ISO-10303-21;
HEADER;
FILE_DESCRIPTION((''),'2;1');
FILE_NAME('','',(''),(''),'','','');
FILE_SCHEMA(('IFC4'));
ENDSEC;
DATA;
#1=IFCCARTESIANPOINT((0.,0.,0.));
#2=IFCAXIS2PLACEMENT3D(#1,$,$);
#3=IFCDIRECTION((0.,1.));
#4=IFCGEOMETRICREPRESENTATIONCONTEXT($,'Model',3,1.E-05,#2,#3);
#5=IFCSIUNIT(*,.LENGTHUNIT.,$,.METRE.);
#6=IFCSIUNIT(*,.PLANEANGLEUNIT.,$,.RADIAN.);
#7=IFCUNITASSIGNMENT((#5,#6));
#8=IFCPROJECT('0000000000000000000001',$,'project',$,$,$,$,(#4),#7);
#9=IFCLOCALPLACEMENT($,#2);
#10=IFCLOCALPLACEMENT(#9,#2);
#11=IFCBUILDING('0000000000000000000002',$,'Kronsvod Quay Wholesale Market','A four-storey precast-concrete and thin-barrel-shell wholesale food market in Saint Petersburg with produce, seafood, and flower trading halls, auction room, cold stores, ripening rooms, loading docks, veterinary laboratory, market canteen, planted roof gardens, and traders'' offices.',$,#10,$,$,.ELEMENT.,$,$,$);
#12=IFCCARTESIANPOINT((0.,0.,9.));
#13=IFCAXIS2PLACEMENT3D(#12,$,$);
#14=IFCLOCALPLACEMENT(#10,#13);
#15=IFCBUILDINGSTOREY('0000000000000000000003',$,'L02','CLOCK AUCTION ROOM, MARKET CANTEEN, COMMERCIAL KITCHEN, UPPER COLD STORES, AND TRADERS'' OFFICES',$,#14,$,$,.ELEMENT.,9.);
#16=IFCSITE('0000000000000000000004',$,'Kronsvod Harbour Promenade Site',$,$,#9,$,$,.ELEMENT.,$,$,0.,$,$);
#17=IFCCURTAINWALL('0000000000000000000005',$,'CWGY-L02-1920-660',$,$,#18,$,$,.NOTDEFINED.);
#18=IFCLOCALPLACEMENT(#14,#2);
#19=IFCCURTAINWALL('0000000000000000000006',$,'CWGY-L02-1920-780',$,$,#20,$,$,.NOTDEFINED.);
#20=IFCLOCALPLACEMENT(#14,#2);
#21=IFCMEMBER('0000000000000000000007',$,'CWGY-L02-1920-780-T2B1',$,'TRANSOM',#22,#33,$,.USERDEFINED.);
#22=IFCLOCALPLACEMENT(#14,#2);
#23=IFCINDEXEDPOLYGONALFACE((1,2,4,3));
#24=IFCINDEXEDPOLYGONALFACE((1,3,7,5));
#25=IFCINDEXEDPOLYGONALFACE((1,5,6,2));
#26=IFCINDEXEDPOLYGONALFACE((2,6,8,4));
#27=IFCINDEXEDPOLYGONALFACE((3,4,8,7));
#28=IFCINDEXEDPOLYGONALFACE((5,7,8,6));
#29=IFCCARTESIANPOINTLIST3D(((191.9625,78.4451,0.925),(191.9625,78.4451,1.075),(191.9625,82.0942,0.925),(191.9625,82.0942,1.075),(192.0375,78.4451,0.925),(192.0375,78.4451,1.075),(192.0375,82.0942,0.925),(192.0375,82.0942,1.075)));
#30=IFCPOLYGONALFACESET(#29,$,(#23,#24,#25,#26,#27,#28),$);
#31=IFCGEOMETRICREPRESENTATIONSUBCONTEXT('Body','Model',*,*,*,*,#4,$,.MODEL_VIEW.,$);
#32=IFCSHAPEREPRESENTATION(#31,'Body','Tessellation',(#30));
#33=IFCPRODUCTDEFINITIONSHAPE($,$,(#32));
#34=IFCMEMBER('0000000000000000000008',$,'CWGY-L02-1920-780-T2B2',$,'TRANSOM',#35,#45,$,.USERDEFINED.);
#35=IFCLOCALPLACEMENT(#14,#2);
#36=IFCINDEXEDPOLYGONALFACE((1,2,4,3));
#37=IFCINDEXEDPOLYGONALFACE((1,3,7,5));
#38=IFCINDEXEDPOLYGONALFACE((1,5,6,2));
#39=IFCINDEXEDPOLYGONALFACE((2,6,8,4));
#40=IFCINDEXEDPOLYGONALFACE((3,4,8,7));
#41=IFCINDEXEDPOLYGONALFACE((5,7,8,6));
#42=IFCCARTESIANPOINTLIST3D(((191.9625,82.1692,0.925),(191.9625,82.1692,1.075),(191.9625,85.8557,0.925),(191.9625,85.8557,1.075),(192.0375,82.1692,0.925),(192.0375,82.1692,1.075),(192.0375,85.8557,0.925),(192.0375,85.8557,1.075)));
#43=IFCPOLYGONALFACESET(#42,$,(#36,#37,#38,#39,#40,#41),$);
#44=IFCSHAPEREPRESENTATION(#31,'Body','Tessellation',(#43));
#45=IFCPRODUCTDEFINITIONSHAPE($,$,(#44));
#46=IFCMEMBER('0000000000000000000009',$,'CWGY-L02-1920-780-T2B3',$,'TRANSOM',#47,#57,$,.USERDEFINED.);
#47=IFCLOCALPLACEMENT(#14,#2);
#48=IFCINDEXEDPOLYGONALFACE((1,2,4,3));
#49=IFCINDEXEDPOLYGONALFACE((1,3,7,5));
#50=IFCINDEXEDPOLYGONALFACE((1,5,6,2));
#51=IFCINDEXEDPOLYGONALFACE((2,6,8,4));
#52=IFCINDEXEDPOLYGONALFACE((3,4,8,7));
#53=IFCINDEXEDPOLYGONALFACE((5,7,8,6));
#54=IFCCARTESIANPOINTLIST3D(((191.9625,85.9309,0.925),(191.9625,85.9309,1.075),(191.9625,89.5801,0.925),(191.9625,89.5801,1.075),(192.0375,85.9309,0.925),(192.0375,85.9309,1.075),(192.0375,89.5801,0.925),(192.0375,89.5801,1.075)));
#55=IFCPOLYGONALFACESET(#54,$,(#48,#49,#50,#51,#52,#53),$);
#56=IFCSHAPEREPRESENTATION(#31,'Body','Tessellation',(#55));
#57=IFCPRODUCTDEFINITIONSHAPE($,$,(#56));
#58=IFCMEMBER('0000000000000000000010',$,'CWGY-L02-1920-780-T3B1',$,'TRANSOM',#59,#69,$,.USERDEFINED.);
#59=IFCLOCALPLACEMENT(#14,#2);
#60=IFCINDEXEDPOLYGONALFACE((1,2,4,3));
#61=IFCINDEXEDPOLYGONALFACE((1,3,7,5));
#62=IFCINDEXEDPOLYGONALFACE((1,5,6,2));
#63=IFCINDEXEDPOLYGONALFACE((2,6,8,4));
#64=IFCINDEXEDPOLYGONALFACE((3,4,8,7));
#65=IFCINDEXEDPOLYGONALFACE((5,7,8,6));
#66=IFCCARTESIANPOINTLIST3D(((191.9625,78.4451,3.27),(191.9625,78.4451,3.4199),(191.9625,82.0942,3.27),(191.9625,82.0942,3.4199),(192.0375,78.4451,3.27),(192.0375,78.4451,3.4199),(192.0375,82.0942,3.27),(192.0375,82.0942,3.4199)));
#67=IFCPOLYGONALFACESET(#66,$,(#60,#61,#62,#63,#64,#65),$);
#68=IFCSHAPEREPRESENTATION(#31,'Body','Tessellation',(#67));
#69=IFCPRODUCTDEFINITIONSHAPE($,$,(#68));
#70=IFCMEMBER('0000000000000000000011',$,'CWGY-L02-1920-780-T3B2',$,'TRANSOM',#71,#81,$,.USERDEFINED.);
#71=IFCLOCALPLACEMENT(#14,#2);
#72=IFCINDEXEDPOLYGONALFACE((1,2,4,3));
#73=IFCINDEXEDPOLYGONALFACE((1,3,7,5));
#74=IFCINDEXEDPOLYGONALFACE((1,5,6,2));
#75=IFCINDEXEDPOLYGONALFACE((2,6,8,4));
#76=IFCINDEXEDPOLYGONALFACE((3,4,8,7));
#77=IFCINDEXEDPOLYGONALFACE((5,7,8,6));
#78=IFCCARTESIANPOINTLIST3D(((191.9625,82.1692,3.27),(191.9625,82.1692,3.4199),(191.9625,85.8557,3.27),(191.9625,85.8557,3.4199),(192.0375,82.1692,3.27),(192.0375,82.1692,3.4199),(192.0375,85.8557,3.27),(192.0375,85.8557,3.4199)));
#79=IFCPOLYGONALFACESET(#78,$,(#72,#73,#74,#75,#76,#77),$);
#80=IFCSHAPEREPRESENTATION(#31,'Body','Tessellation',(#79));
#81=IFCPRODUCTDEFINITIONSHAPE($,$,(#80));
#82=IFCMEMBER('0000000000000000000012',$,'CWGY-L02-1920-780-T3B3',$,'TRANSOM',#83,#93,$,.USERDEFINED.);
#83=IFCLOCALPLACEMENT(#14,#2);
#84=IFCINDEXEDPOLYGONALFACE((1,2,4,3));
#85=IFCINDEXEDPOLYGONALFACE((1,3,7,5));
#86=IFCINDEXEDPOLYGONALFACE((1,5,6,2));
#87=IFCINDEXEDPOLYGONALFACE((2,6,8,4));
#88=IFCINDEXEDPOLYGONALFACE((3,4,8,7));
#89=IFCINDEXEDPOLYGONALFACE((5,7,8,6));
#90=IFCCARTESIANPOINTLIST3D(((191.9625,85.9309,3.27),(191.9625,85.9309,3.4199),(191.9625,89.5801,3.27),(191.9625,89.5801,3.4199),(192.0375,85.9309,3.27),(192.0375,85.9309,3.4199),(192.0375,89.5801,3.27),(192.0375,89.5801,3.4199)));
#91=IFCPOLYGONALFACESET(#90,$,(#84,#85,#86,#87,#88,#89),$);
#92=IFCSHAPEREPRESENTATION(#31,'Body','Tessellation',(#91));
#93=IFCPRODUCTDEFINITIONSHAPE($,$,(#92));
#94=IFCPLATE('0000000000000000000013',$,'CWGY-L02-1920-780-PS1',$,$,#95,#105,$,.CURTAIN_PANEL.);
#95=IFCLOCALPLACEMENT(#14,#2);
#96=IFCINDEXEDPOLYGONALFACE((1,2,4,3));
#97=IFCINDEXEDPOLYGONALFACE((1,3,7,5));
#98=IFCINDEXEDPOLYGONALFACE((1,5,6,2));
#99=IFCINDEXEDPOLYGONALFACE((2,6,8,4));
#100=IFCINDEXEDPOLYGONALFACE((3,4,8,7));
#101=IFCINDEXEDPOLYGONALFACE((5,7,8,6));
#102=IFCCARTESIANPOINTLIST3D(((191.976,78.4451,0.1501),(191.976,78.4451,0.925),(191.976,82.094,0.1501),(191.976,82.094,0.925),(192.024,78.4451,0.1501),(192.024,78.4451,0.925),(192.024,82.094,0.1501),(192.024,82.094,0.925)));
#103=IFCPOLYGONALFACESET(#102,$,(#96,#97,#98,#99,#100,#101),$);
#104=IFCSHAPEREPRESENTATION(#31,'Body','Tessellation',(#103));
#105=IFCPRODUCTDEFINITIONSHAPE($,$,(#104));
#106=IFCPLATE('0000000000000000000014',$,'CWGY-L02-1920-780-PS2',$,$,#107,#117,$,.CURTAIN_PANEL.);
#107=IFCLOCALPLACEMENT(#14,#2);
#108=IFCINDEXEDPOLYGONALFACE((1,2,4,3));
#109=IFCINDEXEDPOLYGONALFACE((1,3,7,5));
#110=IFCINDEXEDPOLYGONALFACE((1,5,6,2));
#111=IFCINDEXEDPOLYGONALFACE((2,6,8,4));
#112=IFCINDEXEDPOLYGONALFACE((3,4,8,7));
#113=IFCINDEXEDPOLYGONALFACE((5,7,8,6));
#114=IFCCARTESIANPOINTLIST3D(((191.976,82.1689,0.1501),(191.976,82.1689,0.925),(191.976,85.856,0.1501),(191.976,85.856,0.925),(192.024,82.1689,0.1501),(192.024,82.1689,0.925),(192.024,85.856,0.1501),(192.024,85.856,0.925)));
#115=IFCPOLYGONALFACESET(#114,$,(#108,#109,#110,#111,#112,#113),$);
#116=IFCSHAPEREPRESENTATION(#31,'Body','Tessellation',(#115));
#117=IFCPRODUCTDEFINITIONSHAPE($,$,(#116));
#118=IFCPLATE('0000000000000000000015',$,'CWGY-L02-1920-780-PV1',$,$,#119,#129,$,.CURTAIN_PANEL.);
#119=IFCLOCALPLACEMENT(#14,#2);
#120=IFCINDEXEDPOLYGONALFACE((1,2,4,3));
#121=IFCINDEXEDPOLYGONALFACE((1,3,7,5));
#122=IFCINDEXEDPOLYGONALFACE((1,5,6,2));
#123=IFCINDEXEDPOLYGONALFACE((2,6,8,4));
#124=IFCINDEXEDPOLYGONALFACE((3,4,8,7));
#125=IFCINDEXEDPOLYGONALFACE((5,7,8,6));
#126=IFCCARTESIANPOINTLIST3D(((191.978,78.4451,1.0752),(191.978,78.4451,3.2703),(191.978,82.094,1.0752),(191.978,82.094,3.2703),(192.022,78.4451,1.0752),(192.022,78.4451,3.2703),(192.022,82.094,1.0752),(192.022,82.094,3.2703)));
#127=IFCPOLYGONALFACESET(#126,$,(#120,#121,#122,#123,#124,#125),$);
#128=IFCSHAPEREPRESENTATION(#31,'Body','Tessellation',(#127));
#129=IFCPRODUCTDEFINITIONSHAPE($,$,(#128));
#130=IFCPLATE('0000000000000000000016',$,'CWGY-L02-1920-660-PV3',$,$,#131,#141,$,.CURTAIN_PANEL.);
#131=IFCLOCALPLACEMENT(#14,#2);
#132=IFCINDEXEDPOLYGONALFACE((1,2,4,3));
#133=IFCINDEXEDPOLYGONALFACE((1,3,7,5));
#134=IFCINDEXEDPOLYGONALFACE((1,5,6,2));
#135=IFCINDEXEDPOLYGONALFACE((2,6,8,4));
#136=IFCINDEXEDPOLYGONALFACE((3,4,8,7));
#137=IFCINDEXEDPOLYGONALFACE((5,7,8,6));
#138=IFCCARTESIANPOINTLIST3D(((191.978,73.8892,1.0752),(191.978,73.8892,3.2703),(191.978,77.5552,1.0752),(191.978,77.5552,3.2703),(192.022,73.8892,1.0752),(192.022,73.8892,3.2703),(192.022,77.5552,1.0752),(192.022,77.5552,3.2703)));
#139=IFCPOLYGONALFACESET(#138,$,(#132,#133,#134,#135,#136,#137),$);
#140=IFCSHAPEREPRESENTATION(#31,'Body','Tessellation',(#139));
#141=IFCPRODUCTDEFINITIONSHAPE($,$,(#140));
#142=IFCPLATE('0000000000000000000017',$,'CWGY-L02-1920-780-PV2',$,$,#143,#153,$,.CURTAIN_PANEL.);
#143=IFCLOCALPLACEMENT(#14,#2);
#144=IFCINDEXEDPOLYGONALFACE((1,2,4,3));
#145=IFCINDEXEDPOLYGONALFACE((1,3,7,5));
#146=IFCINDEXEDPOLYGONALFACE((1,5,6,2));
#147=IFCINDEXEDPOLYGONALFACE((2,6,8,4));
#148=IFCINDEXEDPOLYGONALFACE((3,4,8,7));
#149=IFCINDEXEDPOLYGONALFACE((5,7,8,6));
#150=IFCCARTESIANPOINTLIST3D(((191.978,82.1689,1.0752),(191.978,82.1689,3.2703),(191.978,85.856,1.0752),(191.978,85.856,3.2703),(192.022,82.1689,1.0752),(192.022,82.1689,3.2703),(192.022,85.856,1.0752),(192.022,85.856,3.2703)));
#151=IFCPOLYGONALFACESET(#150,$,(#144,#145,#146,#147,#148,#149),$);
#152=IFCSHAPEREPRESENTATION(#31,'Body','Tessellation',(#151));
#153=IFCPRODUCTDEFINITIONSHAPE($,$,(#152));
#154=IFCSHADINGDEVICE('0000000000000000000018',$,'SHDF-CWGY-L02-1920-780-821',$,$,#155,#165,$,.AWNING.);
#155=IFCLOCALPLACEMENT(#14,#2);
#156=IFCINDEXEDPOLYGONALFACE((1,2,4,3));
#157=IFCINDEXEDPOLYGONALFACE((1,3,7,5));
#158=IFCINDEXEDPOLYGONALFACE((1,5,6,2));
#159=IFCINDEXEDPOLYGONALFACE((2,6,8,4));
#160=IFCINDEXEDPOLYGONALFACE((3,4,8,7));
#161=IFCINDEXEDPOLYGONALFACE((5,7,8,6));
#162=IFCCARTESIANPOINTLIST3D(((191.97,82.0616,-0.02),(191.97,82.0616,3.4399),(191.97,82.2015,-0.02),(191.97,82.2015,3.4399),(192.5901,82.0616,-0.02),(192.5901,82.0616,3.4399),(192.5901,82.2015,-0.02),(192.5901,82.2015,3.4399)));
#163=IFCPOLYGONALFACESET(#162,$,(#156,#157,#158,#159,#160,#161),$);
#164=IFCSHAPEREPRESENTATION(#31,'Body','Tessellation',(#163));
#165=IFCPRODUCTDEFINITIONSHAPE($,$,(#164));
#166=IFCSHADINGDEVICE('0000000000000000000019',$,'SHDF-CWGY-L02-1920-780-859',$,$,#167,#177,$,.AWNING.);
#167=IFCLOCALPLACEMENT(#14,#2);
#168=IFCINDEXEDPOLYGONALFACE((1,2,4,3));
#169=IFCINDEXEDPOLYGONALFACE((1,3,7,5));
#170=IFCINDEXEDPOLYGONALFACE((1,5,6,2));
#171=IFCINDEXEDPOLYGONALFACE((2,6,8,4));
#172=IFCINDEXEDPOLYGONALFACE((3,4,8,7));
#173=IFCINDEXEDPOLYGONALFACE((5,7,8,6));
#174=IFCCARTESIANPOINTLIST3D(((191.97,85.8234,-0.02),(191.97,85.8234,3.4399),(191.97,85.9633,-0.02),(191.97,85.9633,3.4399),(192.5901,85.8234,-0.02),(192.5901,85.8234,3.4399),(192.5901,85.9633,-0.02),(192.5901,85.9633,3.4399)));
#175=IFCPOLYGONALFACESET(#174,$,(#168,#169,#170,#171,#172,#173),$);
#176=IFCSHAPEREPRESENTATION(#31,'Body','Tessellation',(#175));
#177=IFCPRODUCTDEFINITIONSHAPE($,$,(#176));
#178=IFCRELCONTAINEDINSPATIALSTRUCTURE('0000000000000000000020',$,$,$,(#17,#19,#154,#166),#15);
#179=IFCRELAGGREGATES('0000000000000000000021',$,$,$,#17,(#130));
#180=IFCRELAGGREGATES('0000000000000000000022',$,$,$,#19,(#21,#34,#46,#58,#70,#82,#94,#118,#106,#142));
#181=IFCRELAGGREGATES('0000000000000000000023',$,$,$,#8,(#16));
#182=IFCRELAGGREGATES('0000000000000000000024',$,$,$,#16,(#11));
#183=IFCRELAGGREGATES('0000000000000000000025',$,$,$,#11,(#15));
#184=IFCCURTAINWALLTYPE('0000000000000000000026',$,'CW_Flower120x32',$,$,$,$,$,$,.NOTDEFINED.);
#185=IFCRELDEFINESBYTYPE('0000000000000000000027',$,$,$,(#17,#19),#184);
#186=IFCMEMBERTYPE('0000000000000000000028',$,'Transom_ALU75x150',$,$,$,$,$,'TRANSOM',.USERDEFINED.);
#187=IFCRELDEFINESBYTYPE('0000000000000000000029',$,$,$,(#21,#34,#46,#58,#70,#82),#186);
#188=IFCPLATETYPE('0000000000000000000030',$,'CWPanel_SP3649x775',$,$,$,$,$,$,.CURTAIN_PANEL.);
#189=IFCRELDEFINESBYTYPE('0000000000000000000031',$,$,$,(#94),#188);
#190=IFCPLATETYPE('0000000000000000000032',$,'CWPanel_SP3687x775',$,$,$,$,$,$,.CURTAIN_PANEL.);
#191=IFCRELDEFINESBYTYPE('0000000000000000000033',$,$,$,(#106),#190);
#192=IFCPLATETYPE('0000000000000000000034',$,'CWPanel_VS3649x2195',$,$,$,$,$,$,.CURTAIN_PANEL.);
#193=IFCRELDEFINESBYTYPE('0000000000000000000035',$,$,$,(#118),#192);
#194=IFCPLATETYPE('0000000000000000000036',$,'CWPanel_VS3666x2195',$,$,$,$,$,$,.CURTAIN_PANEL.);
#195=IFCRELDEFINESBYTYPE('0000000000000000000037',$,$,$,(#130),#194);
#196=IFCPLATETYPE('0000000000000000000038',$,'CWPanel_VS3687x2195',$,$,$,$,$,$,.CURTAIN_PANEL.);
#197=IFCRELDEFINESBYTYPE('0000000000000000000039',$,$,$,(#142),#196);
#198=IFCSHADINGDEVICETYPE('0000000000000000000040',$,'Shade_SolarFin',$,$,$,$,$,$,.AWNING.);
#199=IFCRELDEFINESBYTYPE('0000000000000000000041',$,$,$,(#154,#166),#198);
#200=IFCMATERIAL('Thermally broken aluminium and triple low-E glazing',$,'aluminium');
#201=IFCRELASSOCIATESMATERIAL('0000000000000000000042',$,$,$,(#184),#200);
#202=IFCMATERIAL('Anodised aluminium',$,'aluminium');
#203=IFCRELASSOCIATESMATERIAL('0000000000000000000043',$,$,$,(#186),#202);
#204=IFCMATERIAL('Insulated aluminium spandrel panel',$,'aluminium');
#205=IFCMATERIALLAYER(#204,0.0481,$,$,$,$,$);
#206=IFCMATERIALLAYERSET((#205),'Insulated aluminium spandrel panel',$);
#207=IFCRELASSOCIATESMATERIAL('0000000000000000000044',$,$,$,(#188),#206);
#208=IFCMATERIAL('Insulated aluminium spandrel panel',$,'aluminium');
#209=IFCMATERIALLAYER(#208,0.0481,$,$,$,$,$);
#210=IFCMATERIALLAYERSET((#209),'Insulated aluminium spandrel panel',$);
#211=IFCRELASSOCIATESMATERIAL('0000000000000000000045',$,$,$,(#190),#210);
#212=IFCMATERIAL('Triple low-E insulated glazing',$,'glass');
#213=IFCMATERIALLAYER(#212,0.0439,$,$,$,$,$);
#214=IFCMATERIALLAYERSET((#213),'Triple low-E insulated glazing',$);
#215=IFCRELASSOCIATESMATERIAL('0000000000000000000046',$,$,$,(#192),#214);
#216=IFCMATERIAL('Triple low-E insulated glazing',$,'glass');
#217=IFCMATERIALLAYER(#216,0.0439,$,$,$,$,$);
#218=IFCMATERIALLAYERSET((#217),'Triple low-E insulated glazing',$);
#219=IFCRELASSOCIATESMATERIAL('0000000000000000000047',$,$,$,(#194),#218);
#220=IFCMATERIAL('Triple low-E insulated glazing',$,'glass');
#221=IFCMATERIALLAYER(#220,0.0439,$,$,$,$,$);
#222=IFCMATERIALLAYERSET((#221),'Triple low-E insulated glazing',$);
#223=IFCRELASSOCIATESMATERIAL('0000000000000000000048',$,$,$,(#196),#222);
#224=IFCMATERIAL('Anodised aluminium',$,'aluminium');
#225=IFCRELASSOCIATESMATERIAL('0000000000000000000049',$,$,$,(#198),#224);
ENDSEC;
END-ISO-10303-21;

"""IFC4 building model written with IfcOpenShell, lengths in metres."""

from ifc_helpers import new_model, si_unit, direction, frame, origin, origin_2d, place, context, subcontext, project, spatial, rectangle, extrude, material, layer, layer_set, material_profile, profile_set, type_object, element, aggregate, save


model = new_model("IFC4")

# Units and contexts
model_context = context("Model", 3, precision=1e-05, world=origin(), true_north=direction((0.0, 1.0)))
body_context = subcontext(model_context, "Body", "Model", "MODEL_VIEW")
ifc_project = project(units=[si_unit("LENGTHUNIT", "METRE"), si_unit("PLANEANGLEUNIT", "RADIAN")], contexts=[model_context])

# Site, building, storey
site_placement = place(None, origin())
site = spatial("IfcSite", under=ifc_project, at=site_placement, Name="Kronsvod Harbour Promenade Site", CompositionType="ELEMENT", RefElevation=0.0)
building_placement = place(site_placement, origin())
building = spatial("IfcBuilding", under=site, at=building_placement, Name="Kronsvod Quay Wholesale Market", Description="A four-storey precast-concrete and thin-barrel-shell wholesale food market in Saint Petersburg with produce, seafood, and flower trading halls, auction room, cold stores, ripening rooms, loading docks, veterinary laboratory, market canteen, planted roof gardens, and traders' offices.", CompositionType="ELEMENT")
storey_placement = place(building_placement, frame((0.0, 0.0, 9.0)))
storey = spatial("IfcBuildingStorey", under=building, at=storey_placement, Name="L02", Description="CLOCK AUCTION ROOM, MARKET CANTEEN, COMMERCIAL KITCHEN, UPPER COLD STORES, AND TRADERS' OFFICES", CompositionType="ELEMENT", Elevation=9.0)

# Curtain wall
ifc_material_1 = material(Name="Thermally broken aluminium and triple low-E glazing", Category="aluminium")
curtain_wall_type = type_object("IfcCurtainWallType", Name="CW_Flower120x32", PredefinedType="NOTDEFINED", material=ifc_material_1)
curtain_wall_1_placement = place(storey_placement, origin())
curtain_wall_1 = element("IfcCurtainWall", 1, at=curtain_wall_1_placement, inside=storey, type_object=curtain_wall_type, Name="CWGY-L02-1920-660", PredefinedType="NOTDEFINED")

# Curtain wall, members, plates
curtain_wall_2_placement = place(storey_placement, origin())
curtain_wall_2 = element("IfcCurtainWall", 2, at=curtain_wall_2_placement, inside=storey, type_object=curtain_wall_type, Name="CWGY-L02-1920-780", PredefinedType="NOTDEFINED")
ifc_material_2 = material(Name="Anodised aluminium", Category="aluminium")
ifc_material_profile_1 = material_profile(ifc_material_2, rectangle(XDim=0.075, YDim=0.1499, at=origin_2d()), Name="ALUT75x150")
ifc_profile_set_1 = profile_set([ifc_material_profile_1], Name="Anodised aluminium")
member_type_1 = type_object("IfcMemberType", Name="Transom_ALU75x150", ElementType="TRANSOM", PredefinedType="USERDEFINED", material=ifc_profile_set_1)
member_1_placement = place(storey_placement, frame((192.0, 78.4451, 1.0), z_axis=(0.0, 1.0, 0.0), x_axis=(-1.0, 0.0, 0.0)))
member_1 = element("IfcMember", 3, at=member_1_placement, type_object=member_type_1, Name="CWGY-L02-1920-780-T2B1", ObjectType="TRANSOM", PredefinedType="USERDEFINED", context=body_context, shape_type="SweptSolid", body=[
    extrude(rectangle(XDim=0.075, YDim=0.1499, at=origin_2d()), origin(), (0.0, 0.0, 1.0), 3.6492),
])
member_2_placement = place(storey_placement, frame((192.0, 82.1692, 1.0), z_axis=(0.0, 1.0, 0.0), x_axis=(-1.0, 0.0, 0.0)))
member_2 = element("IfcMember", 4, at=member_2_placement, type_object=member_type_1, Name="CWGY-L02-1920-780-T2B2", ObjectType="TRANSOM", PredefinedType="USERDEFINED", context=body_context, shape_type="SweptSolid", body=[
    extrude(rectangle(XDim=0.075, YDim=0.1499, at=origin_2d()), origin(), (0.0, 0.0, 1.0), 3.6865),
])
member_3_placement = place(storey_placement, frame((192.0, 85.9309, 1.0), z_axis=(0.0, 1.0, 0.0), x_axis=(-1.0, 0.0, 0.0)))
member_3 = element("IfcMember", 5, at=member_3_placement, type_object=member_type_1, Name="CWGY-L02-1920-780-T2B3", ObjectType="TRANSOM", PredefinedType="USERDEFINED", context=body_context, shape_type="SweptSolid", body=[
    extrude(rectangle(XDim=0.075, YDim=0.1499, at=origin_2d()), origin(), (0.0, 0.0, 1.0), 3.6492),
])
member_4_placement = place(storey_placement, frame((192.0, 78.4451, 3.345), z_axis=(0.0, 1.0, 0.0), x_axis=(-1.0, 0.0, 0.0)))
member_4 = element("IfcMember", 6, at=member_4_placement, type_object=member_type_1, Name="CWGY-L02-1920-780-T3B1", ObjectType="TRANSOM", PredefinedType="USERDEFINED", context=body_context, shape_type="SweptSolid", body=[
    extrude(rectangle(XDim=0.075, YDim=0.1499, at=origin_2d()), origin(), (0.0, 0.0, 1.0), 3.6492),
])
member_5_placement = place(storey_placement, frame((192.0, 82.1692, 3.345), z_axis=(0.0, 1.0, 0.0), x_axis=(-1.0, 0.0, 0.0)))
member_5 = element("IfcMember", 7, at=member_5_placement, type_object=member_type_1, Name="CWGY-L02-1920-780-T3B2", ObjectType="TRANSOM", PredefinedType="USERDEFINED", context=body_context, shape_type="SweptSolid", body=[
    extrude(rectangle(XDim=0.075, YDim=0.1499, at=origin_2d()), origin(), (0.0, 0.0, 1.0), 3.6865),
])
member_6_placement = place(storey_placement, frame((192.0, 85.9309, 3.345), z_axis=(0.0, 1.0, 0.0), x_axis=(-1.0, 0.0, 0.0)))
member_6 = element("IfcMember", 8, at=member_6_placement, type_object=member_type_1, Name="CWGY-L02-1920-780-T3B3", ObjectType="TRANSOM", PredefinedType="USERDEFINED", context=body_context, shape_type="SweptSolid", body=[
    extrude(rectangle(XDim=0.075, YDim=0.1499, at=origin_2d()), origin(), (0.0, 0.0, 1.0), 3.6492),
])
ifc_material_3 = material(Name="Insulated aluminium spandrel panel", Category="aluminium")
ifc_layer_1 = layer(ifc_material_3, 0.0481)
ifc_layer_set_1 = layer_set([ifc_layer_1], Name="Insulated aluminium spandrel panel")
plate_type_1 = type_object("IfcPlateType", Name="CWPanel_SP3649x775", PredefinedType="CURTAIN_PANEL", material=ifc_layer_set_1)
plate_1_placement = place(storey_placement, frame((192.0, 80.2695, 0.1501), z_axis=(0.0, 0.0, 1.0), x_axis=(0.0, 1.0, 0.0)))
plate_1 = element("IfcPlate", 9, at=plate_1_placement, type_object=plate_type_1, Name="CWGY-L02-1920-780-PS1", PredefinedType="CURTAIN_PANEL", context=body_context, shape_type="SweptSolid", body=[
    extrude(rectangle(XDim=3.6489, YDim=0.0481, at=origin_2d()), origin(), (0.0, 0.0, 1.0), 0.7749),
])
ifc_material_4 = material(Name="Insulated aluminium spandrel panel", Category="aluminium")
ifc_layer_2 = layer(ifc_material_4, 0.0481)
ifc_layer_set_2 = layer_set([ifc_layer_2], Name="Insulated aluminium spandrel panel")
plate_type_2 = type_object("IfcPlateType", Name="CWPanel_SP3687x775", PredefinedType="CURTAIN_PANEL", material=ifc_layer_set_2)
plate_2_placement = place(storey_placement, frame((192.0, 84.0125, 0.1501), z_axis=(0.0, 0.0, 1.0), x_axis=(0.0, 1.0, 0.0)))
plate_2 = element("IfcPlate", 10, at=plate_2_placement, type_object=plate_type_2, Name="CWGY-L02-1920-780-PS2", PredefinedType="CURTAIN_PANEL", context=body_context, shape_type="SweptSolid", body=[
    extrude(rectangle(XDim=3.687, YDim=0.0481, at=origin_2d()), origin(), (0.0, 0.0, 1.0), 0.7749),
])
ifc_material_5 = material(Name="Triple low-E insulated glazing", Category="glass")
ifc_layer_3 = layer(ifc_material_5, 0.0439)
ifc_layer_set_3 = layer_set([ifc_layer_3], Name="Triple low-E insulated glazing")
plate_type_3 = type_object("IfcPlateType", Name="CWPanel_VS3649x2195", PredefinedType="CURTAIN_PANEL", material=ifc_layer_set_3)
plate_3_placement = place(storey_placement, frame((192.0, 80.2695, 1.0752), z_axis=(0.0, 0.0, 1.0), x_axis=(0.0, 1.0, 0.0)))
plate_3 = element("IfcPlate", 11, at=plate_3_placement, type_object=plate_type_3, Name="CWGY-L02-1920-780-PV1", PredefinedType="CURTAIN_PANEL", context=body_context, shape_type="SweptSolid", body=[
    extrude(rectangle(XDim=3.6489, YDim=0.0439, at=origin_2d()), origin(), (0.0, 0.0, 1.0), 2.1951),
])

# Plates
ifc_material_6 = material(Name="Triple low-E insulated glazing", Category="glass")
ifc_layer_4 = layer(ifc_material_6, 0.0439)
ifc_layer_set_4 = layer_set([ifc_layer_4], Name="Triple low-E insulated glazing")
plate_type_4 = type_object("IfcPlateType", Name="CWPanel_VS3666x2195", PredefinedType="CURTAIN_PANEL", material=ifc_layer_set_4)
plate_4_placement = place(storey_placement, frame((192.0, 75.7222, 1.0752), z_axis=(0.0, 0.0, 1.0), x_axis=(0.0, 1.0, 0.0)))
plate_4 = element("IfcPlate", 12, at=plate_4_placement, type_object=plate_type_4, Name="CWGY-L02-1920-660-PV3", PredefinedType="CURTAIN_PANEL", context=body_context, shape_type="SweptSolid", body=[
    extrude(rectangle(XDim=3.666, YDim=0.0439, at=origin_2d()), origin(), (0.0, 0.0, 1.0), 2.1951),
])
aggregate(curtain_wall_1, [plate_4])
ifc_material_7 = material(Name="Triple low-E insulated glazing", Category="glass")
ifc_layer_5 = layer(ifc_material_7, 0.0439)
ifc_layer_set_5 = layer_set([ifc_layer_5], Name="Triple low-E insulated glazing")
plate_type_5 = type_object("IfcPlateType", Name="CWPanel_VS3687x2195", PredefinedType="CURTAIN_PANEL", material=ifc_layer_set_5)
plate_5_placement = place(storey_placement, frame((192.0, 84.0125, 1.0752), z_axis=(0.0, 0.0, 1.0), x_axis=(0.0, 1.0, 0.0)))
plate_5 = element("IfcPlate", 13, at=plate_5_placement, type_object=plate_type_5, Name="CWGY-L02-1920-780-PV2", PredefinedType="CURTAIN_PANEL", context=body_context, shape_type="SweptSolid", body=[
    extrude(rectangle(XDim=3.687, YDim=0.0439, at=origin_2d()), origin(), (0.0, 0.0, 1.0), 2.1951),
])
aggregate(curtain_wall_2, [member_1, member_2, member_3, member_4, member_5, member_6, plate_1, plate_3, plate_2, plate_5])

# Shading devices
ifc_material_8 = material(Name="Anodised aluminium", Category="aluminium")
shading_device_type = type_object("IfcShadingDeviceType", Name="Shade_SolarFin", PredefinedType="AWNING", material=ifc_material_8)
for number, where, z_axis, x_axis, name in (
    (14, (192.28, 82.1316, -0.02), (0.0, 0.0, 1.0), (1.0, 0.0, 0.0), "SHDF-CWGY-L02-1920-780-821"),
    (15, (192.28, 85.8933, -0.02), (0.0, 0.0, 1.0), (1.0, 0.0, 0.0), "SHDF-CWGY-L02-1920-780-859"),
):
    element("IfcShadingDevice", number, at=place(storey_placement, frame(where, z_axis=z_axis, x_axis=x_axis)), inside=storey, type_object=shading_device_type, Name=name, PredefinedType="AWNING", context=body_context, shape_type="SweptSolid", body=[
        extrude(rectangle(XDim=0.6201, YDim=0.1399, at=origin_2d()), origin(), (0.0, 0.0, 1.0), 3.46),
    ])

save(model, "model.ifc")
